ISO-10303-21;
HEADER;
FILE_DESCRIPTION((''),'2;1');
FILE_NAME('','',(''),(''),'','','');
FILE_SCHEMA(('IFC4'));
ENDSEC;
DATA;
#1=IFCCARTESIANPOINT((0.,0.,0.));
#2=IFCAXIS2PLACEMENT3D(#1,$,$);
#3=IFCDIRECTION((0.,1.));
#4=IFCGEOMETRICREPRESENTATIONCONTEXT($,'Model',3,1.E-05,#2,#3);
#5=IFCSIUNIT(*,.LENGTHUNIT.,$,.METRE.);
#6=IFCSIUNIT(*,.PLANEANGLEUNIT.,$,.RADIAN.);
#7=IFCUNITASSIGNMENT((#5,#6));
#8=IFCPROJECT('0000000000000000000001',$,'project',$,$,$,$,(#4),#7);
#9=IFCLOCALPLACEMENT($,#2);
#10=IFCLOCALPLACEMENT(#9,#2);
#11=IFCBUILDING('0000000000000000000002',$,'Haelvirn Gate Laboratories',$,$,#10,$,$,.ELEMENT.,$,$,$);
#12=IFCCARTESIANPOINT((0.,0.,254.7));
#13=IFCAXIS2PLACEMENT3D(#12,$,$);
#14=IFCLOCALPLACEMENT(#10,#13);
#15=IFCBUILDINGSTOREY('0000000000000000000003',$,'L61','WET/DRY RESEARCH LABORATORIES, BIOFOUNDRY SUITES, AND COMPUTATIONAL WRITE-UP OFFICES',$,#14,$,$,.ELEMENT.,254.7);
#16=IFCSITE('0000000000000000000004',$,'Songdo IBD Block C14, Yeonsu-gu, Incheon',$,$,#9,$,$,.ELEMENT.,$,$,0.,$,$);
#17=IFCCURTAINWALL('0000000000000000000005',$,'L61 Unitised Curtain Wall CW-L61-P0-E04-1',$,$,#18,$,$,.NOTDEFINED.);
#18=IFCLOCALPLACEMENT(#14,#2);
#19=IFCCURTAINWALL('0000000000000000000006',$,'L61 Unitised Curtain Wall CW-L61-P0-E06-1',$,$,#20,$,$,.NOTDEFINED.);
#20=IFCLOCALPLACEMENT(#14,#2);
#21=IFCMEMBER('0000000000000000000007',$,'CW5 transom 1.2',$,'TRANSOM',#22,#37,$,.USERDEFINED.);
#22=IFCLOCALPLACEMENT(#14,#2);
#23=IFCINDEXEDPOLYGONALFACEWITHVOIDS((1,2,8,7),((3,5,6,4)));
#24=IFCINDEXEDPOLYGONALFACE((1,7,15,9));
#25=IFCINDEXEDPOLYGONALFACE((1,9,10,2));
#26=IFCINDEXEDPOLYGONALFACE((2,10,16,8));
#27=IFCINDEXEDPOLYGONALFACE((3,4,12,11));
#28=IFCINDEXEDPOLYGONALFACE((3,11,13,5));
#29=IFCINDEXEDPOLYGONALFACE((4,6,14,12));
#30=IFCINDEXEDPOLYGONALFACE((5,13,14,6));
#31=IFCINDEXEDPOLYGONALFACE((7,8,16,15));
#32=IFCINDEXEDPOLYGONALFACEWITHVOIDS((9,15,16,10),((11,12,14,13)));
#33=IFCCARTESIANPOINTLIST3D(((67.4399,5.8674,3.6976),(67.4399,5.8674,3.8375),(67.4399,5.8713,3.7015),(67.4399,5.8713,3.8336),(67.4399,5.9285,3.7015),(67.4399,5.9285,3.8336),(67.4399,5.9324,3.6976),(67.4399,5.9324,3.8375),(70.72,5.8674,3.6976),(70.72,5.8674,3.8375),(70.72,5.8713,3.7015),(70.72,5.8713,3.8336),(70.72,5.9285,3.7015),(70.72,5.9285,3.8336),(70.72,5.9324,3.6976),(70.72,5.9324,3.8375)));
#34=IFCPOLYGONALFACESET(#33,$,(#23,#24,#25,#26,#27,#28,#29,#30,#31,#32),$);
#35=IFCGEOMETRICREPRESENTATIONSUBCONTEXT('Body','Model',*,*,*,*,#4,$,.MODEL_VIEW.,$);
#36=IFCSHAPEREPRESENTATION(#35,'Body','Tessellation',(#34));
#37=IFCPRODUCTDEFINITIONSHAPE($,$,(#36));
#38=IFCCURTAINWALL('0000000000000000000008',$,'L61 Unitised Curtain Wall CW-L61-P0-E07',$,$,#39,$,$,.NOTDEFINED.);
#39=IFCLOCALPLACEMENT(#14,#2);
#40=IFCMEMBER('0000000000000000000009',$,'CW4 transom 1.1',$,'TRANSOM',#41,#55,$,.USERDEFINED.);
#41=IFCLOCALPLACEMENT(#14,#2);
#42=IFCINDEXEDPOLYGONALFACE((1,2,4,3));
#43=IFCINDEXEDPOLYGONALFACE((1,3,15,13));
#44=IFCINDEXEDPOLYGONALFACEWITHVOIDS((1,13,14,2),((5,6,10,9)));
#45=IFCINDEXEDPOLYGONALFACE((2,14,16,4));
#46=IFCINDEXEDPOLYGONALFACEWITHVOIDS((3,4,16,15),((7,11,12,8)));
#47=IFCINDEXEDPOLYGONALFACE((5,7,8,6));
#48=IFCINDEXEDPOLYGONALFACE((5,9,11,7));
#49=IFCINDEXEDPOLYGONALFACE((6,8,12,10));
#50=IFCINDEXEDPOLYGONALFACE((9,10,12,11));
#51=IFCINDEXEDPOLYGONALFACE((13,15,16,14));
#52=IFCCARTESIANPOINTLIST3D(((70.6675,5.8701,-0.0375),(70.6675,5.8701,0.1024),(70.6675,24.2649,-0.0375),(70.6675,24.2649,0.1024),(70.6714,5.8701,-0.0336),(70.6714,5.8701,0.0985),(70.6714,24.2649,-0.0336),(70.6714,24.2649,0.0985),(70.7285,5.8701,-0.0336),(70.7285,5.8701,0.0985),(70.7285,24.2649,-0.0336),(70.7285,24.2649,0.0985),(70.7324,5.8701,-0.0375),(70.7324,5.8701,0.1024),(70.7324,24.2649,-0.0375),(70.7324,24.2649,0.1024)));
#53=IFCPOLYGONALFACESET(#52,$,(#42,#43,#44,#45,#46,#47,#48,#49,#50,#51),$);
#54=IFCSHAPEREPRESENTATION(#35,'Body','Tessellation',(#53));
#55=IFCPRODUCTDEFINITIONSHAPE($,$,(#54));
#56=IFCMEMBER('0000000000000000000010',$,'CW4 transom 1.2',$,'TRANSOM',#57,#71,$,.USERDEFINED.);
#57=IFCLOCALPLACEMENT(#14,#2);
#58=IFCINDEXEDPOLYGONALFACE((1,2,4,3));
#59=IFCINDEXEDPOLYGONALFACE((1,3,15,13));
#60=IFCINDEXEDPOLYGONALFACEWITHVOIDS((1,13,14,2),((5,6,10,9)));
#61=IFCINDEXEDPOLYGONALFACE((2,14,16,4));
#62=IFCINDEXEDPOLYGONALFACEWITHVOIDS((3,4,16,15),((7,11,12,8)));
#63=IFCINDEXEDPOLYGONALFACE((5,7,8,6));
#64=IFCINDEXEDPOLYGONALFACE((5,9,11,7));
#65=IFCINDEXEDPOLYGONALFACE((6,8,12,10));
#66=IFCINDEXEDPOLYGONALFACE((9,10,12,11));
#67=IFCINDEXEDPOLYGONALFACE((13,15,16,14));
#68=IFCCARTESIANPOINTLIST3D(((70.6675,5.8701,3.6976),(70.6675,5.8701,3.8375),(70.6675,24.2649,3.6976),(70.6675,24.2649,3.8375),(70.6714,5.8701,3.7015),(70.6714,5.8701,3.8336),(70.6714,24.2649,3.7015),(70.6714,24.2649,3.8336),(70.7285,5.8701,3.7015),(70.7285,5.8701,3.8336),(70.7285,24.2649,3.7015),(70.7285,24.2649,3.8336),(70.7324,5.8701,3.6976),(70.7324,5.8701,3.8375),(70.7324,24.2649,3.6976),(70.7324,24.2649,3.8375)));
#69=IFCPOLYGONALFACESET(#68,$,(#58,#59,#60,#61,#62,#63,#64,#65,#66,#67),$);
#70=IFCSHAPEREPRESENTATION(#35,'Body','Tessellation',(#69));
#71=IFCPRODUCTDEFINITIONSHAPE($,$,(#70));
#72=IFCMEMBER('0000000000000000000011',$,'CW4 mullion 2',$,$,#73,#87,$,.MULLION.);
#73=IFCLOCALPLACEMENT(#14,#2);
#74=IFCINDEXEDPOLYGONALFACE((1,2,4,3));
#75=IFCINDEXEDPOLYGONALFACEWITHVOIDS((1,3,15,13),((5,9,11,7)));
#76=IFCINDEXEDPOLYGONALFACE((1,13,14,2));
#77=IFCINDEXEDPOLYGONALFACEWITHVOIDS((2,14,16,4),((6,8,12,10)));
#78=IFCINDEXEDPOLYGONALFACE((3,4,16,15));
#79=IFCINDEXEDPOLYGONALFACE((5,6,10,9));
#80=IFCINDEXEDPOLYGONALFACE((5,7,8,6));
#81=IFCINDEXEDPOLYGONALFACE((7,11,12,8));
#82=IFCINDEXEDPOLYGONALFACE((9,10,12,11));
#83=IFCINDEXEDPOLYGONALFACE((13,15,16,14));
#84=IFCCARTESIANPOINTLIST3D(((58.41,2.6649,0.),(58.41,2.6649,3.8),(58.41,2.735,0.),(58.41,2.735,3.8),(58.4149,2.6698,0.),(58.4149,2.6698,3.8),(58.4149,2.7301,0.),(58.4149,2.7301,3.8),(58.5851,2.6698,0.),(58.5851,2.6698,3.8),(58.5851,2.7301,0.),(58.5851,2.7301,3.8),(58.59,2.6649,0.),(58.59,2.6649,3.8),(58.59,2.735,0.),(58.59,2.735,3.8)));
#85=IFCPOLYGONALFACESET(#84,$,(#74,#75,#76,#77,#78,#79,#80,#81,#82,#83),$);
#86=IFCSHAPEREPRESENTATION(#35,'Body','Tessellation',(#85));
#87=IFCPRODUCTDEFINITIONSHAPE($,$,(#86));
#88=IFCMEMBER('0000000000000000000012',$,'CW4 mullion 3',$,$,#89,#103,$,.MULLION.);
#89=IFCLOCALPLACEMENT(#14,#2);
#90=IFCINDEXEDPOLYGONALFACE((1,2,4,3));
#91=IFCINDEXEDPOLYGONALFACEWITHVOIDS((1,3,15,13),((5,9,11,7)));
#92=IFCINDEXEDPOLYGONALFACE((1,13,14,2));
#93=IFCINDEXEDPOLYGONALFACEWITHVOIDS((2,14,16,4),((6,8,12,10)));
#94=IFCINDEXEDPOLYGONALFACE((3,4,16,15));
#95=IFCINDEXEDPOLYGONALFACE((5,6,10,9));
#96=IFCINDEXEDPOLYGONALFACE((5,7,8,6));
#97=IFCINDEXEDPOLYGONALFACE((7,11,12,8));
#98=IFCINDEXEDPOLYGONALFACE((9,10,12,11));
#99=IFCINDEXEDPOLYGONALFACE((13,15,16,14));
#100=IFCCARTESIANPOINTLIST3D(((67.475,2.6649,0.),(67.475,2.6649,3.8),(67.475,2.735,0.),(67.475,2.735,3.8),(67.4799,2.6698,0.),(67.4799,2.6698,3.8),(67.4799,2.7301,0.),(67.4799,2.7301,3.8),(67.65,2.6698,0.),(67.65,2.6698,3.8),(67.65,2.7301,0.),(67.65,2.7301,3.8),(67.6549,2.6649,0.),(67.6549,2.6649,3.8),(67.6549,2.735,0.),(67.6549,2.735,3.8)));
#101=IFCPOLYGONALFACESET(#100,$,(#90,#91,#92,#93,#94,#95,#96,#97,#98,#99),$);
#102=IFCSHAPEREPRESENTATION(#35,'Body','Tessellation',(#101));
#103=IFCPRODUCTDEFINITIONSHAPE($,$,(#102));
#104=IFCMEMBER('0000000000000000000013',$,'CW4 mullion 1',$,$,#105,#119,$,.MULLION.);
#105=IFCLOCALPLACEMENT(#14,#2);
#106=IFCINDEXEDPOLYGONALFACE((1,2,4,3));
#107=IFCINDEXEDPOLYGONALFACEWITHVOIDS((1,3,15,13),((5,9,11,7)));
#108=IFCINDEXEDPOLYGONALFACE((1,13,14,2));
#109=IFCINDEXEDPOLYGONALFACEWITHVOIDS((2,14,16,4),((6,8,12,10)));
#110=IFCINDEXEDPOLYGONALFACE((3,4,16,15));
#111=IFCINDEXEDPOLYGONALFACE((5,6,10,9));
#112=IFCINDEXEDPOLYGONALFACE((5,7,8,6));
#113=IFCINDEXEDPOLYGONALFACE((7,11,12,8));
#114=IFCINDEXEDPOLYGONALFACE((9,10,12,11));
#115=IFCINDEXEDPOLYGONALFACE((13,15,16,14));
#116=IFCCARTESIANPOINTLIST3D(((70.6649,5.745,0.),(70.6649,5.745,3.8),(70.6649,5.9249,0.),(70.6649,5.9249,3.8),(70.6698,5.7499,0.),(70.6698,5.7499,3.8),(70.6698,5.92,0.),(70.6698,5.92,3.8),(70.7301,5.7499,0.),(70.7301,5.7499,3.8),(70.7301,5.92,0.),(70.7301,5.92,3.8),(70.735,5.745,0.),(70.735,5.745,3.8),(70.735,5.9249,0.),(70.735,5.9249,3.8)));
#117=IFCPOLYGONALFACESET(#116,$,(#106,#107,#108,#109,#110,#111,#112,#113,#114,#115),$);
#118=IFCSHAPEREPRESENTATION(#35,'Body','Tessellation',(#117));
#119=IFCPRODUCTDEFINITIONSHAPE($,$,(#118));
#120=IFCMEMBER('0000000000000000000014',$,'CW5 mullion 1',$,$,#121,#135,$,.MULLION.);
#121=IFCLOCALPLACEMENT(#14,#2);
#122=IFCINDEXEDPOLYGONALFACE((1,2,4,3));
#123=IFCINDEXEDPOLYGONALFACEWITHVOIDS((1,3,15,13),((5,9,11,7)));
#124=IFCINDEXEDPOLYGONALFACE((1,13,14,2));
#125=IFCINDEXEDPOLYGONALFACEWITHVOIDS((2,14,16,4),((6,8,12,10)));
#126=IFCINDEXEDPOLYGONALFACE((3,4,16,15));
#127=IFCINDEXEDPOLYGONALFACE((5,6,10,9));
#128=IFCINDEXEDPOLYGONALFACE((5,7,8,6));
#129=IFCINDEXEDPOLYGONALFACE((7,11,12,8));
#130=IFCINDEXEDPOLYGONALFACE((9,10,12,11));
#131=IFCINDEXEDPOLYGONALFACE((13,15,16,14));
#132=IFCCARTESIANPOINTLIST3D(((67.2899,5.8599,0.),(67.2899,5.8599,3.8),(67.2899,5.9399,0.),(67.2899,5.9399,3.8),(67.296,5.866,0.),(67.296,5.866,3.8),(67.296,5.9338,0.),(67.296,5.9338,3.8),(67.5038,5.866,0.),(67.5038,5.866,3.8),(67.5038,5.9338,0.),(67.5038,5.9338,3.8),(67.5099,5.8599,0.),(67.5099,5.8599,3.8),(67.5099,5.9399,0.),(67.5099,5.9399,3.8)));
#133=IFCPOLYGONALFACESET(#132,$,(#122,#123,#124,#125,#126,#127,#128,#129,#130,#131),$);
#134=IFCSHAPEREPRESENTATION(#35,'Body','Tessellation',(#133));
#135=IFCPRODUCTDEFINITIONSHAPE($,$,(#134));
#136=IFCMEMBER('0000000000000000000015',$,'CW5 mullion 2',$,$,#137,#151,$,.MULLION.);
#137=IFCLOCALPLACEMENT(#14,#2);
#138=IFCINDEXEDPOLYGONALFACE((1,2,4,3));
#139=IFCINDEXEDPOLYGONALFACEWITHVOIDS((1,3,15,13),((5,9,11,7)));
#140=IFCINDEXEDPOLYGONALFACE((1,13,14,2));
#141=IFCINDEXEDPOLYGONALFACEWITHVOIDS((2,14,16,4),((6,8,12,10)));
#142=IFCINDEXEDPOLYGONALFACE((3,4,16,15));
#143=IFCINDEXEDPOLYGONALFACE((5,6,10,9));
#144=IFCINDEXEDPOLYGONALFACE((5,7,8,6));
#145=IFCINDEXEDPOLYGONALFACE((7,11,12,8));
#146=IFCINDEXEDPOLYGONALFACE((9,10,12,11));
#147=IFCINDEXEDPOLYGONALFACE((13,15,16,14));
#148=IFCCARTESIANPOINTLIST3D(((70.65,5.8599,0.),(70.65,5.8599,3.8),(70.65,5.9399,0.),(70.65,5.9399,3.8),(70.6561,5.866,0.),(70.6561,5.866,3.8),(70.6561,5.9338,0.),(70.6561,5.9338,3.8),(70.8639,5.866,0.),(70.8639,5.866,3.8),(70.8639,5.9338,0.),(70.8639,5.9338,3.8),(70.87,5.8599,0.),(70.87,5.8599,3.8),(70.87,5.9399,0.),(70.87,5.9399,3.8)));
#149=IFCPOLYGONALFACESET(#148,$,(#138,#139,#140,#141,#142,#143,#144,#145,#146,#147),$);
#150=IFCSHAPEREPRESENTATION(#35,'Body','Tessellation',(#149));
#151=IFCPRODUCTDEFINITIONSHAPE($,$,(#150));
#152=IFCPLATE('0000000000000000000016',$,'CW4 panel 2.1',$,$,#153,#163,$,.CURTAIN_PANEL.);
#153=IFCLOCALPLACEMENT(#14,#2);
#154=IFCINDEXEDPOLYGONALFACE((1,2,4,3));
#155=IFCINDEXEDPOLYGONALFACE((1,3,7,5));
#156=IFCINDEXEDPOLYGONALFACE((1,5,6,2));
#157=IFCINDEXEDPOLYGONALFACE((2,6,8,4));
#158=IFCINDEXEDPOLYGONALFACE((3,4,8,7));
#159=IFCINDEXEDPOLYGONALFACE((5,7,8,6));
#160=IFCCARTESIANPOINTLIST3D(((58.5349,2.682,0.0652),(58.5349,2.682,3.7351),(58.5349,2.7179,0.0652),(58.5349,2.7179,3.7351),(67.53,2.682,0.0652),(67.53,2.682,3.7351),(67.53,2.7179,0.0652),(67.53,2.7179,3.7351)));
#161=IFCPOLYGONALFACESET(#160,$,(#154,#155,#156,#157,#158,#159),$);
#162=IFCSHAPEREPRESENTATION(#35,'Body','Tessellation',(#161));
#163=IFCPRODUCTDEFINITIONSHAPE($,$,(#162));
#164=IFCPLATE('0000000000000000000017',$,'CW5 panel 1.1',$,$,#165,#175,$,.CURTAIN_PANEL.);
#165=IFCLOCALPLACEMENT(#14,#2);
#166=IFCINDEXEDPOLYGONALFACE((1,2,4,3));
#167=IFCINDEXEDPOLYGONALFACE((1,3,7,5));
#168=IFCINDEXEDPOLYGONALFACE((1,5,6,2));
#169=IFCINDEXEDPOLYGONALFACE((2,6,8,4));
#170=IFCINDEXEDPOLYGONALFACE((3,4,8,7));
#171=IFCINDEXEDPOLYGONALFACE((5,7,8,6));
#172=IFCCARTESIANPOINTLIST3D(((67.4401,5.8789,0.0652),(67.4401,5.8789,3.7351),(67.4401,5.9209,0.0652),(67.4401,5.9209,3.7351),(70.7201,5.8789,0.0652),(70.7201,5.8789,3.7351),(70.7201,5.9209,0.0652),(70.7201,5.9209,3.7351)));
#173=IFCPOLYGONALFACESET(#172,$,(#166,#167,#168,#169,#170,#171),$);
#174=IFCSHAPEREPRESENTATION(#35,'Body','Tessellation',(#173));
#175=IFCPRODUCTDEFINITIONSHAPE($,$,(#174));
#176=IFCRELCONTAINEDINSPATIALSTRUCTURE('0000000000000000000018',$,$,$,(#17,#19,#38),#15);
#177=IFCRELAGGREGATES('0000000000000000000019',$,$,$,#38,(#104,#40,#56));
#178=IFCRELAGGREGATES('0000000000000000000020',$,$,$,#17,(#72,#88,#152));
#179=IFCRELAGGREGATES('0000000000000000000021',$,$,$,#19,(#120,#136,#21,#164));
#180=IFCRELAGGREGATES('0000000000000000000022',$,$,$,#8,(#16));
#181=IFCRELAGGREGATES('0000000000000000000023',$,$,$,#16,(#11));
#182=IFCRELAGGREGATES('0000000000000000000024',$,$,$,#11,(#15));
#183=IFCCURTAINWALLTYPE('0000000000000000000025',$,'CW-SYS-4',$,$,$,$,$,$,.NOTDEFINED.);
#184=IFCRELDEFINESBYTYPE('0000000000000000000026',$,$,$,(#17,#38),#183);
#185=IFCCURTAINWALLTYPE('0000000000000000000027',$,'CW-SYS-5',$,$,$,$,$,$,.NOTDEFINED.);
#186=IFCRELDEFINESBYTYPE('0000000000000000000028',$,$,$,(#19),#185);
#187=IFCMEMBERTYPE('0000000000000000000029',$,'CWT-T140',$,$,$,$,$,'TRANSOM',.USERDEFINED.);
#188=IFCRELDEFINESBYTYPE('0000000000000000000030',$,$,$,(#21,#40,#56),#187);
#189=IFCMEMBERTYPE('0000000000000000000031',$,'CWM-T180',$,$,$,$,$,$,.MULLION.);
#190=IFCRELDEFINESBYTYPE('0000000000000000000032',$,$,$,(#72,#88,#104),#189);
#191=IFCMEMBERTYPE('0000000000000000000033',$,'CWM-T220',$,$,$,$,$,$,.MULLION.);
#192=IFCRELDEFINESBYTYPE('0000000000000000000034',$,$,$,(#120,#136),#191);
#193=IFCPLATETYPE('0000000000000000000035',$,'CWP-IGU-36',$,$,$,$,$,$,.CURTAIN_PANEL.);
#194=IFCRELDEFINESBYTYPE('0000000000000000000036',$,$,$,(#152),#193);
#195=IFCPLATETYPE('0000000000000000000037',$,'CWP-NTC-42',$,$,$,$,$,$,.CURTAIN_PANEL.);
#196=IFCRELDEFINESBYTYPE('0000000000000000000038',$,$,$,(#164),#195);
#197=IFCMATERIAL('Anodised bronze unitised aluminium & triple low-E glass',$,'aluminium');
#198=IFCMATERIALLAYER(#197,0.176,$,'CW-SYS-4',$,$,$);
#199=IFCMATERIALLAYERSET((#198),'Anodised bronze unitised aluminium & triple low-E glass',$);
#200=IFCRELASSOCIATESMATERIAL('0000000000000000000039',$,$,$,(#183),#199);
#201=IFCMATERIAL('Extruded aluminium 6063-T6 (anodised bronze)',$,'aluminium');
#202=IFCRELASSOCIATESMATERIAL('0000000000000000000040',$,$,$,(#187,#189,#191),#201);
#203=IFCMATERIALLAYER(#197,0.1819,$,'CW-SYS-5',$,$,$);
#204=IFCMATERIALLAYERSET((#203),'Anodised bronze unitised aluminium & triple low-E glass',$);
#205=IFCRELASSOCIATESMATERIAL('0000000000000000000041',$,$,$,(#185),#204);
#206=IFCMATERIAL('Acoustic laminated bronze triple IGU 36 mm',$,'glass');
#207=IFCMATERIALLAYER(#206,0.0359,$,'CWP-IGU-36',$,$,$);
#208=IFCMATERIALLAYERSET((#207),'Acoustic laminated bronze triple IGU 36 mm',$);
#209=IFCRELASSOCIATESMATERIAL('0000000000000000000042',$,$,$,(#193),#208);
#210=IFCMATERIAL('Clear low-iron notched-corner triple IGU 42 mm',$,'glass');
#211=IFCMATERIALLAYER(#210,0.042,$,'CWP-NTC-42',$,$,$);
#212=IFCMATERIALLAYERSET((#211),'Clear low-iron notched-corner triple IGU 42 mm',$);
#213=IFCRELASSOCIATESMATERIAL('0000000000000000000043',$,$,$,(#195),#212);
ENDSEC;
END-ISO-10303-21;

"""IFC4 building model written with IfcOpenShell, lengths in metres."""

from ifc_helpers import new_model, si_unit, direction, frame, origin, origin_2d, place, context, subcontext, project, spatial, rectangle, hollow_rectangle, extrude, source, transform, mapped, material, layer, layer_set, material_profile, profile_set, type_object, type_shapes, element, aggregate, save


model = new_model("IFC4")

# Units and contexts
model_context = context("Model", 3, precision=1e-05, world=origin(), true_north=direction((0.0, 1.0)))
body_context = subcontext(model_context, "Body", "Model", "MODEL_VIEW")
ifc_project = project(units=[si_unit("LENGTHUNIT", "METRE"), si_unit("PLANEANGLEUNIT", "RADIAN")], contexts=[model_context])

# Site, building, storey
site_placement = place(None, origin())
site = spatial("IfcSite", under=ifc_project, at=site_placement, Name="Songdo IBD Block C14, Yeonsu-gu, Incheon", CompositionType="ELEMENT", RefElevation=0.0)
building_placement = place(site_placement, origin())
building = spatial("IfcBuilding", under=site, at=building_placement, Name="Haelvirn Gate Laboratories", CompositionType="ELEMENT")
storey_placement = place(building_placement, frame((0.0, 0.0, 254.7)))
storey = spatial("IfcBuildingStorey", under=building, at=storey_placement, Name="L61", Description="WET/DRY RESEARCH LABORATORIES, BIOFOUNDRY SUITES, AND COMPUTATIONAL WRITE-UP OFFICES", CompositionType="ELEMENT", Elevation=254.7)

# Curtain walls, members
ifc_material_1 = material(Name="Anodised bronze unitised aluminium & triple low-E glass", Category="aluminium")
ifc_layer_1 = layer(ifc_material_1, 0.176, Name="CW-SYS-4")
ifc_layer_set_1 = layer_set([ifc_layer_1], Name="Anodised bronze unitised aluminium & triple low-E glass")
curtain_wall_type_1 = type_object("IfcCurtainWallType", Name="CW-SYS-4", PredefinedType="NOTDEFINED", material=ifc_layer_set_1)
curtain_wall_1_placement = place(storey_placement, origin())
curtain_wall_1 = element("IfcCurtainWall", 1, at=curtain_wall_1_placement, inside=storey, type_object=curtain_wall_type_1, Name="L61 Unitised Curtain Wall CW-L61-P0-E04-1", PredefinedType="NOTDEFINED")
ifc_material_2 = material(Name="Extruded aluminium 6063-T6 (anodised bronze)", Category="aluminium")
ifc_material_profile_1 = material_profile(ifc_material_2, hollow_rectangle(XDim=0.0649, YDim=0.1399, WallThickness=0.0039, at=origin_2d()), Name="CWT-140x65x4")
ifc_profile_set_1 = profile_set([ifc_material_profile_1], Name="Extruded aluminium 6063-T6 (anodised bronze)")
member_type_1 = type_object("IfcMemberType", Name="CWT-T140", ElementType="TRANSOM", PredefinedType="USERDEFINED", material=ifc_profile_set_1)
ifc_layer_2 = layer(ifc_material_1, 0.1819, Name="CW-SYS-5")
ifc_layer_set_2 = layer_set([ifc_layer_2], Name="Anodised bronze unitised aluminium & triple low-E glass")
curtain_wall_type_2 = type_object("IfcCurtainWallType", Name="CW-SYS-5", PredefinedType="NOTDEFINED", material=ifc_layer_set_2)
curtain_wall_2_placement = place(storey_placement, origin())
curtain_wall_2 = element("IfcCurtainWall", 2, at=curtain_wall_2_placement, inside=storey, type_object=curtain_wall_type_2, Name="L61 Unitised Curtain Wall CW-L61-P0-E06-1", PredefinedType="NOTDEFINED")
shared_shape_1 = source(origin(), body_context, "Body", "SweptSolid", [
    extrude(hollow_rectangle(XDim=0.0649, YDim=0.1399, WallThickness=0.0039, at=origin_2d()), origin(), (0.0, 0.0, 1.0), 3.28),
])
member_1_placement = place(storey_placement, frame((67.4399, 5.8999, 3.7676), z_axis=(1.0, 0.0, 0.0), x_axis=(0.0, 1.0, 0.0)))
member_1 = element("IfcMember", 3, at=member_1_placement, type_object=member_type_1, Name="CW5 transom 1.2", ObjectType="TRANSOM", PredefinedType="USERDEFINED", context=body_context, shape_type="MappedRepresentation", body=[
    mapped(shared_shape_1, transform((0.0, 0.0, 0.0), scale=1.0)),
])
curtain_wall_3_placement = place(storey_placement, origin())
curtain_wall_3 = element("IfcCurtainWall", 4, at=curtain_wall_3_placement, inside=storey, type_object=curtain_wall_type_1, Name="L61 Unitised Curtain Wall CW-L61-P0-E07", PredefinedType="NOTDEFINED")
shared_shape_2 = source(origin(), body_context, "Body", "SweptSolid", [
    extrude(hollow_rectangle(XDim=0.0649, YDim=0.1399, WallThickness=0.0039, at=origin_2d()), origin(), (0.0, 0.0, 1.0), 18.3948),
])
member_2_placement = place(storey_placement, frame((70.7, 5.8701, 0.0325), z_axis=(0.0, 1.0, 0.0), x_axis=(-1.0, 0.0, 0.0)))
member_2 = element("IfcMember", 5, at=member_2_placement, type_object=member_type_1, Name="CW4 transom 1.1", ObjectType="TRANSOM", PredefinedType="USERDEFINED", context=body_context, shape_type="MappedRepresentation", body=[
    mapped(shared_shape_2, transform((0.0, 0.0, 0.0), scale=1.0)),
])
member_3_placement = place(storey_placement, frame((70.7, 5.8701, 3.7676), z_axis=(0.0, 1.0, 0.0), x_axis=(-1.0, 0.0, 0.0)))
member_3 = element("IfcMember", 6, at=member_3_placement, type_object=member_type_1, Name="CW4 transom 1.2", ObjectType="TRANSOM", PredefinedType="USERDEFINED", context=body_context, shape_type="MappedRepresentation", body=[
    mapped(shared_shape_2, transform((0.0, 0.0, 0.0), scale=1.0)),
])

# Members
ifc_material_profile_2 = material_profile(ifc_material_2, hollow_rectangle(XDim=0.0701, YDim=0.1799, WallThickness=0.0049, at=origin_2d()), Name="CWM-180x70x5")
ifc_profile_set_2 = profile_set([ifc_material_profile_2], Name="Extruded aluminium 6063-T6 (anodised bronze)")
member_type_2 = type_object("IfcMemberType", Name="CWM-T180", PredefinedType="MULLION", material=ifc_profile_set_2)
shared_shape_3 = source(origin(), body_context, "Body", "SweptSolid", [
    extrude(hollow_rectangle(XDim=0.0701, YDim=0.1799, WallThickness=0.0049, at=origin_2d()), origin(), (0.0, 0.0, 1.0), 3.8),
])
type_shapes(member_type_2, [shared_shape_3])
member_4_placement = place(storey_placement, frame((58.5, 2.7, 0.0), z_axis=(0.0, 0.0, 1.0), x_axis=(0.0, 1.0, 0.0)))
member_4 = element("IfcMember", 7, at=member_4_placement, type_object=member_type_2, Name="CW4 mullion 2", PredefinedType="MULLION", context=body_context, shape_type="MappedRepresentation", body=[
    mapped(shared_shape_3, transform((0.0, 0.0, 0.0), scale=1.0)),
])
member_5_placement = place(storey_placement, frame((67.5649, 2.7, 0.0), z_axis=(0.0, 0.0, 1.0), x_axis=(0.0, 1.0, 0.0)))
member_5 = element("IfcMember", 8, at=member_5_placement, type_object=member_type_2, Name="CW4 mullion 3", PredefinedType="MULLION", context=body_context, shape_type="MappedRepresentation", body=[
    mapped(shared_shape_3, transform((0.0, 0.0, 0.0), scale=1.0)),
])
member_6_placement = place(storey_placement, frame((70.7, 5.835, 0.0), z_axis=(0.0, 0.0, 1.0), x_axis=(-1.0, 0.0, 0.0)))
member_6 = element("IfcMember", 9, at=member_6_placement, type_object=member_type_2, Name="CW4 mullion 1", PredefinedType="MULLION", context=body_context, shape_type="MappedRepresentation", body=[
    mapped(shared_shape_3, transform((0.0, 0.0, 0.0), scale=1.0)),
])
aggregate(curtain_wall_3, [member_6, member_2, member_3])
ifc_material_profile_3 = material_profile(ifc_material_2, hollow_rectangle(XDim=0.0801, YDim=0.22, WallThickness=0.0061, at=origin_2d()), Name="CWM-220x80x6")
ifc_profile_set_3 = profile_set([ifc_material_profile_3], Name="Extruded aluminium 6063-T6 (anodised bronze)")
member_type_3 = type_object("IfcMemberType", Name="CWM-T220", PredefinedType="MULLION", material=ifc_profile_set_3)
shared_shape_4 = source(origin(), body_context, "Body", "SweptSolid", [
    extrude(hollow_rectangle(XDim=0.0801, YDim=0.22, WallThickness=0.0061, at=origin_2d()), origin(), (0.0, 0.0, 1.0), 3.8),
])
type_shapes(member_type_3, [shared_shape_4])
member_7_placement = place(storey_placement, frame((67.3999, 5.8999, 0.0), z_axis=(0.0, 0.0, 1.0), x_axis=(0.0, 1.0, 0.0)))
member_7 = element("IfcMember", 10, at=member_7_placement, type_object=member_type_3, Name="CW5 mullion 1", PredefinedType="MULLION", context=body_context, shape_type="MappedRepresentation", body=[
    mapped(shared_shape_4, transform((0.0, 0.0, 0.0), scale=1.0)),
])
member_8_placement = place(storey_placement, frame((70.76, 5.8999, 0.0), z_axis=(0.0, 0.0, 1.0), x_axis=(0.0, 1.0, 0.0)))
member_8 = element("IfcMember", 11, at=member_8_placement, type_object=member_type_3, Name="CW5 mullion 2", PredefinedType="MULLION", context=body_context, shape_type="MappedRepresentation", body=[
    mapped(shared_shape_4, transform((0.0, 0.0, 0.0), scale=1.0)),
])

# Plates
ifc_material_3 = material(Name="Acoustic laminated bronze triple IGU 36 mm", Category="glass")
ifc_layer_3 = layer(ifc_material_3, 0.0359, Name="CWP-IGU-36")
ifc_layer_set_3 = layer_set([ifc_layer_3], Name="Acoustic laminated bronze triple IGU 36 mm")
plate_type_1 = type_object("IfcPlateType", Name="CWP-IGU-36", PredefinedType="CURTAIN_PANEL", material=ifc_layer_set_3)
shared_shape_5 = source(origin(), body_context, "Body", "SweptSolid", [
    extrude(rectangle(XDim=8.9951, YDim=0.0359, at=origin_2d()), origin(), (0.0, 0.0, 1.0), 3.6699),
])
type_shapes(plate_type_1, [shared_shape_5])
plate_1_placement = place(storey_placement, frame((63.0325, 2.7, 0.0652), z_axis=(0.0, 0.0, 1.0), x_axis=(1.0, 0.0, 0.0)))
plate_1 = element("IfcPlate", 12, at=plate_1_placement, type_object=plate_type_1, Name="CW4 panel 2.1", PredefinedType="CURTAIN_PANEL", context=body_context, shape_type="MappedRepresentation", body=[
    mapped(shared_shape_5, transform((0.0, 0.0, 0.0), scale=1.0)),
])
aggregate(curtain_wall_1, [member_4, member_5, plate_1])
ifc_material_4 = material(Name="Clear low-iron notched-corner triple IGU 42 mm", Category="glass")
ifc_layer_4 = layer(ifc_material_4, 0.042, Name="CWP-NTC-42")
ifc_layer_set_4 = layer_set([ifc_layer_4], Name="Clear low-iron notched-corner triple IGU 42 mm")
plate_type_2 = type_object("IfcPlateType", Name="CWP-NTC-42", PredefinedType="CURTAIN_PANEL", material=ifc_layer_set_4)
shared_shape_6 = source(origin(), body_context, "Body", "SweptSolid", [
    extrude(rectangle(XDim=3.28, YDim=0.042, at=origin_2d()), origin(), (0.0, 0.0, 1.0), 3.6699),
])
type_shapes(plate_type_2, [shared_shape_6])
plate_2_placement = place(storey_placement, frame((69.0801, 5.8999, 0.0652), z_axis=(0.0, 0.0, 1.0), x_axis=(1.0, 0.0, 0.0)))
plate_2 = element("IfcPlate", 13, at=plate_2_placement, type_object=plate_type_2, Name="CW5 panel 1.1", PredefinedType="CURTAIN_PANEL", context=body_context, shape_type="MappedRepresentation", body=[
    mapped(shared_shape_6, transform((0.0, 0.0, 0.0), scale=1.0)),
])
aggregate(curtain_wall_2, [member_7, member_8, member_1, plate_2])

save(model, "model.ifc")
